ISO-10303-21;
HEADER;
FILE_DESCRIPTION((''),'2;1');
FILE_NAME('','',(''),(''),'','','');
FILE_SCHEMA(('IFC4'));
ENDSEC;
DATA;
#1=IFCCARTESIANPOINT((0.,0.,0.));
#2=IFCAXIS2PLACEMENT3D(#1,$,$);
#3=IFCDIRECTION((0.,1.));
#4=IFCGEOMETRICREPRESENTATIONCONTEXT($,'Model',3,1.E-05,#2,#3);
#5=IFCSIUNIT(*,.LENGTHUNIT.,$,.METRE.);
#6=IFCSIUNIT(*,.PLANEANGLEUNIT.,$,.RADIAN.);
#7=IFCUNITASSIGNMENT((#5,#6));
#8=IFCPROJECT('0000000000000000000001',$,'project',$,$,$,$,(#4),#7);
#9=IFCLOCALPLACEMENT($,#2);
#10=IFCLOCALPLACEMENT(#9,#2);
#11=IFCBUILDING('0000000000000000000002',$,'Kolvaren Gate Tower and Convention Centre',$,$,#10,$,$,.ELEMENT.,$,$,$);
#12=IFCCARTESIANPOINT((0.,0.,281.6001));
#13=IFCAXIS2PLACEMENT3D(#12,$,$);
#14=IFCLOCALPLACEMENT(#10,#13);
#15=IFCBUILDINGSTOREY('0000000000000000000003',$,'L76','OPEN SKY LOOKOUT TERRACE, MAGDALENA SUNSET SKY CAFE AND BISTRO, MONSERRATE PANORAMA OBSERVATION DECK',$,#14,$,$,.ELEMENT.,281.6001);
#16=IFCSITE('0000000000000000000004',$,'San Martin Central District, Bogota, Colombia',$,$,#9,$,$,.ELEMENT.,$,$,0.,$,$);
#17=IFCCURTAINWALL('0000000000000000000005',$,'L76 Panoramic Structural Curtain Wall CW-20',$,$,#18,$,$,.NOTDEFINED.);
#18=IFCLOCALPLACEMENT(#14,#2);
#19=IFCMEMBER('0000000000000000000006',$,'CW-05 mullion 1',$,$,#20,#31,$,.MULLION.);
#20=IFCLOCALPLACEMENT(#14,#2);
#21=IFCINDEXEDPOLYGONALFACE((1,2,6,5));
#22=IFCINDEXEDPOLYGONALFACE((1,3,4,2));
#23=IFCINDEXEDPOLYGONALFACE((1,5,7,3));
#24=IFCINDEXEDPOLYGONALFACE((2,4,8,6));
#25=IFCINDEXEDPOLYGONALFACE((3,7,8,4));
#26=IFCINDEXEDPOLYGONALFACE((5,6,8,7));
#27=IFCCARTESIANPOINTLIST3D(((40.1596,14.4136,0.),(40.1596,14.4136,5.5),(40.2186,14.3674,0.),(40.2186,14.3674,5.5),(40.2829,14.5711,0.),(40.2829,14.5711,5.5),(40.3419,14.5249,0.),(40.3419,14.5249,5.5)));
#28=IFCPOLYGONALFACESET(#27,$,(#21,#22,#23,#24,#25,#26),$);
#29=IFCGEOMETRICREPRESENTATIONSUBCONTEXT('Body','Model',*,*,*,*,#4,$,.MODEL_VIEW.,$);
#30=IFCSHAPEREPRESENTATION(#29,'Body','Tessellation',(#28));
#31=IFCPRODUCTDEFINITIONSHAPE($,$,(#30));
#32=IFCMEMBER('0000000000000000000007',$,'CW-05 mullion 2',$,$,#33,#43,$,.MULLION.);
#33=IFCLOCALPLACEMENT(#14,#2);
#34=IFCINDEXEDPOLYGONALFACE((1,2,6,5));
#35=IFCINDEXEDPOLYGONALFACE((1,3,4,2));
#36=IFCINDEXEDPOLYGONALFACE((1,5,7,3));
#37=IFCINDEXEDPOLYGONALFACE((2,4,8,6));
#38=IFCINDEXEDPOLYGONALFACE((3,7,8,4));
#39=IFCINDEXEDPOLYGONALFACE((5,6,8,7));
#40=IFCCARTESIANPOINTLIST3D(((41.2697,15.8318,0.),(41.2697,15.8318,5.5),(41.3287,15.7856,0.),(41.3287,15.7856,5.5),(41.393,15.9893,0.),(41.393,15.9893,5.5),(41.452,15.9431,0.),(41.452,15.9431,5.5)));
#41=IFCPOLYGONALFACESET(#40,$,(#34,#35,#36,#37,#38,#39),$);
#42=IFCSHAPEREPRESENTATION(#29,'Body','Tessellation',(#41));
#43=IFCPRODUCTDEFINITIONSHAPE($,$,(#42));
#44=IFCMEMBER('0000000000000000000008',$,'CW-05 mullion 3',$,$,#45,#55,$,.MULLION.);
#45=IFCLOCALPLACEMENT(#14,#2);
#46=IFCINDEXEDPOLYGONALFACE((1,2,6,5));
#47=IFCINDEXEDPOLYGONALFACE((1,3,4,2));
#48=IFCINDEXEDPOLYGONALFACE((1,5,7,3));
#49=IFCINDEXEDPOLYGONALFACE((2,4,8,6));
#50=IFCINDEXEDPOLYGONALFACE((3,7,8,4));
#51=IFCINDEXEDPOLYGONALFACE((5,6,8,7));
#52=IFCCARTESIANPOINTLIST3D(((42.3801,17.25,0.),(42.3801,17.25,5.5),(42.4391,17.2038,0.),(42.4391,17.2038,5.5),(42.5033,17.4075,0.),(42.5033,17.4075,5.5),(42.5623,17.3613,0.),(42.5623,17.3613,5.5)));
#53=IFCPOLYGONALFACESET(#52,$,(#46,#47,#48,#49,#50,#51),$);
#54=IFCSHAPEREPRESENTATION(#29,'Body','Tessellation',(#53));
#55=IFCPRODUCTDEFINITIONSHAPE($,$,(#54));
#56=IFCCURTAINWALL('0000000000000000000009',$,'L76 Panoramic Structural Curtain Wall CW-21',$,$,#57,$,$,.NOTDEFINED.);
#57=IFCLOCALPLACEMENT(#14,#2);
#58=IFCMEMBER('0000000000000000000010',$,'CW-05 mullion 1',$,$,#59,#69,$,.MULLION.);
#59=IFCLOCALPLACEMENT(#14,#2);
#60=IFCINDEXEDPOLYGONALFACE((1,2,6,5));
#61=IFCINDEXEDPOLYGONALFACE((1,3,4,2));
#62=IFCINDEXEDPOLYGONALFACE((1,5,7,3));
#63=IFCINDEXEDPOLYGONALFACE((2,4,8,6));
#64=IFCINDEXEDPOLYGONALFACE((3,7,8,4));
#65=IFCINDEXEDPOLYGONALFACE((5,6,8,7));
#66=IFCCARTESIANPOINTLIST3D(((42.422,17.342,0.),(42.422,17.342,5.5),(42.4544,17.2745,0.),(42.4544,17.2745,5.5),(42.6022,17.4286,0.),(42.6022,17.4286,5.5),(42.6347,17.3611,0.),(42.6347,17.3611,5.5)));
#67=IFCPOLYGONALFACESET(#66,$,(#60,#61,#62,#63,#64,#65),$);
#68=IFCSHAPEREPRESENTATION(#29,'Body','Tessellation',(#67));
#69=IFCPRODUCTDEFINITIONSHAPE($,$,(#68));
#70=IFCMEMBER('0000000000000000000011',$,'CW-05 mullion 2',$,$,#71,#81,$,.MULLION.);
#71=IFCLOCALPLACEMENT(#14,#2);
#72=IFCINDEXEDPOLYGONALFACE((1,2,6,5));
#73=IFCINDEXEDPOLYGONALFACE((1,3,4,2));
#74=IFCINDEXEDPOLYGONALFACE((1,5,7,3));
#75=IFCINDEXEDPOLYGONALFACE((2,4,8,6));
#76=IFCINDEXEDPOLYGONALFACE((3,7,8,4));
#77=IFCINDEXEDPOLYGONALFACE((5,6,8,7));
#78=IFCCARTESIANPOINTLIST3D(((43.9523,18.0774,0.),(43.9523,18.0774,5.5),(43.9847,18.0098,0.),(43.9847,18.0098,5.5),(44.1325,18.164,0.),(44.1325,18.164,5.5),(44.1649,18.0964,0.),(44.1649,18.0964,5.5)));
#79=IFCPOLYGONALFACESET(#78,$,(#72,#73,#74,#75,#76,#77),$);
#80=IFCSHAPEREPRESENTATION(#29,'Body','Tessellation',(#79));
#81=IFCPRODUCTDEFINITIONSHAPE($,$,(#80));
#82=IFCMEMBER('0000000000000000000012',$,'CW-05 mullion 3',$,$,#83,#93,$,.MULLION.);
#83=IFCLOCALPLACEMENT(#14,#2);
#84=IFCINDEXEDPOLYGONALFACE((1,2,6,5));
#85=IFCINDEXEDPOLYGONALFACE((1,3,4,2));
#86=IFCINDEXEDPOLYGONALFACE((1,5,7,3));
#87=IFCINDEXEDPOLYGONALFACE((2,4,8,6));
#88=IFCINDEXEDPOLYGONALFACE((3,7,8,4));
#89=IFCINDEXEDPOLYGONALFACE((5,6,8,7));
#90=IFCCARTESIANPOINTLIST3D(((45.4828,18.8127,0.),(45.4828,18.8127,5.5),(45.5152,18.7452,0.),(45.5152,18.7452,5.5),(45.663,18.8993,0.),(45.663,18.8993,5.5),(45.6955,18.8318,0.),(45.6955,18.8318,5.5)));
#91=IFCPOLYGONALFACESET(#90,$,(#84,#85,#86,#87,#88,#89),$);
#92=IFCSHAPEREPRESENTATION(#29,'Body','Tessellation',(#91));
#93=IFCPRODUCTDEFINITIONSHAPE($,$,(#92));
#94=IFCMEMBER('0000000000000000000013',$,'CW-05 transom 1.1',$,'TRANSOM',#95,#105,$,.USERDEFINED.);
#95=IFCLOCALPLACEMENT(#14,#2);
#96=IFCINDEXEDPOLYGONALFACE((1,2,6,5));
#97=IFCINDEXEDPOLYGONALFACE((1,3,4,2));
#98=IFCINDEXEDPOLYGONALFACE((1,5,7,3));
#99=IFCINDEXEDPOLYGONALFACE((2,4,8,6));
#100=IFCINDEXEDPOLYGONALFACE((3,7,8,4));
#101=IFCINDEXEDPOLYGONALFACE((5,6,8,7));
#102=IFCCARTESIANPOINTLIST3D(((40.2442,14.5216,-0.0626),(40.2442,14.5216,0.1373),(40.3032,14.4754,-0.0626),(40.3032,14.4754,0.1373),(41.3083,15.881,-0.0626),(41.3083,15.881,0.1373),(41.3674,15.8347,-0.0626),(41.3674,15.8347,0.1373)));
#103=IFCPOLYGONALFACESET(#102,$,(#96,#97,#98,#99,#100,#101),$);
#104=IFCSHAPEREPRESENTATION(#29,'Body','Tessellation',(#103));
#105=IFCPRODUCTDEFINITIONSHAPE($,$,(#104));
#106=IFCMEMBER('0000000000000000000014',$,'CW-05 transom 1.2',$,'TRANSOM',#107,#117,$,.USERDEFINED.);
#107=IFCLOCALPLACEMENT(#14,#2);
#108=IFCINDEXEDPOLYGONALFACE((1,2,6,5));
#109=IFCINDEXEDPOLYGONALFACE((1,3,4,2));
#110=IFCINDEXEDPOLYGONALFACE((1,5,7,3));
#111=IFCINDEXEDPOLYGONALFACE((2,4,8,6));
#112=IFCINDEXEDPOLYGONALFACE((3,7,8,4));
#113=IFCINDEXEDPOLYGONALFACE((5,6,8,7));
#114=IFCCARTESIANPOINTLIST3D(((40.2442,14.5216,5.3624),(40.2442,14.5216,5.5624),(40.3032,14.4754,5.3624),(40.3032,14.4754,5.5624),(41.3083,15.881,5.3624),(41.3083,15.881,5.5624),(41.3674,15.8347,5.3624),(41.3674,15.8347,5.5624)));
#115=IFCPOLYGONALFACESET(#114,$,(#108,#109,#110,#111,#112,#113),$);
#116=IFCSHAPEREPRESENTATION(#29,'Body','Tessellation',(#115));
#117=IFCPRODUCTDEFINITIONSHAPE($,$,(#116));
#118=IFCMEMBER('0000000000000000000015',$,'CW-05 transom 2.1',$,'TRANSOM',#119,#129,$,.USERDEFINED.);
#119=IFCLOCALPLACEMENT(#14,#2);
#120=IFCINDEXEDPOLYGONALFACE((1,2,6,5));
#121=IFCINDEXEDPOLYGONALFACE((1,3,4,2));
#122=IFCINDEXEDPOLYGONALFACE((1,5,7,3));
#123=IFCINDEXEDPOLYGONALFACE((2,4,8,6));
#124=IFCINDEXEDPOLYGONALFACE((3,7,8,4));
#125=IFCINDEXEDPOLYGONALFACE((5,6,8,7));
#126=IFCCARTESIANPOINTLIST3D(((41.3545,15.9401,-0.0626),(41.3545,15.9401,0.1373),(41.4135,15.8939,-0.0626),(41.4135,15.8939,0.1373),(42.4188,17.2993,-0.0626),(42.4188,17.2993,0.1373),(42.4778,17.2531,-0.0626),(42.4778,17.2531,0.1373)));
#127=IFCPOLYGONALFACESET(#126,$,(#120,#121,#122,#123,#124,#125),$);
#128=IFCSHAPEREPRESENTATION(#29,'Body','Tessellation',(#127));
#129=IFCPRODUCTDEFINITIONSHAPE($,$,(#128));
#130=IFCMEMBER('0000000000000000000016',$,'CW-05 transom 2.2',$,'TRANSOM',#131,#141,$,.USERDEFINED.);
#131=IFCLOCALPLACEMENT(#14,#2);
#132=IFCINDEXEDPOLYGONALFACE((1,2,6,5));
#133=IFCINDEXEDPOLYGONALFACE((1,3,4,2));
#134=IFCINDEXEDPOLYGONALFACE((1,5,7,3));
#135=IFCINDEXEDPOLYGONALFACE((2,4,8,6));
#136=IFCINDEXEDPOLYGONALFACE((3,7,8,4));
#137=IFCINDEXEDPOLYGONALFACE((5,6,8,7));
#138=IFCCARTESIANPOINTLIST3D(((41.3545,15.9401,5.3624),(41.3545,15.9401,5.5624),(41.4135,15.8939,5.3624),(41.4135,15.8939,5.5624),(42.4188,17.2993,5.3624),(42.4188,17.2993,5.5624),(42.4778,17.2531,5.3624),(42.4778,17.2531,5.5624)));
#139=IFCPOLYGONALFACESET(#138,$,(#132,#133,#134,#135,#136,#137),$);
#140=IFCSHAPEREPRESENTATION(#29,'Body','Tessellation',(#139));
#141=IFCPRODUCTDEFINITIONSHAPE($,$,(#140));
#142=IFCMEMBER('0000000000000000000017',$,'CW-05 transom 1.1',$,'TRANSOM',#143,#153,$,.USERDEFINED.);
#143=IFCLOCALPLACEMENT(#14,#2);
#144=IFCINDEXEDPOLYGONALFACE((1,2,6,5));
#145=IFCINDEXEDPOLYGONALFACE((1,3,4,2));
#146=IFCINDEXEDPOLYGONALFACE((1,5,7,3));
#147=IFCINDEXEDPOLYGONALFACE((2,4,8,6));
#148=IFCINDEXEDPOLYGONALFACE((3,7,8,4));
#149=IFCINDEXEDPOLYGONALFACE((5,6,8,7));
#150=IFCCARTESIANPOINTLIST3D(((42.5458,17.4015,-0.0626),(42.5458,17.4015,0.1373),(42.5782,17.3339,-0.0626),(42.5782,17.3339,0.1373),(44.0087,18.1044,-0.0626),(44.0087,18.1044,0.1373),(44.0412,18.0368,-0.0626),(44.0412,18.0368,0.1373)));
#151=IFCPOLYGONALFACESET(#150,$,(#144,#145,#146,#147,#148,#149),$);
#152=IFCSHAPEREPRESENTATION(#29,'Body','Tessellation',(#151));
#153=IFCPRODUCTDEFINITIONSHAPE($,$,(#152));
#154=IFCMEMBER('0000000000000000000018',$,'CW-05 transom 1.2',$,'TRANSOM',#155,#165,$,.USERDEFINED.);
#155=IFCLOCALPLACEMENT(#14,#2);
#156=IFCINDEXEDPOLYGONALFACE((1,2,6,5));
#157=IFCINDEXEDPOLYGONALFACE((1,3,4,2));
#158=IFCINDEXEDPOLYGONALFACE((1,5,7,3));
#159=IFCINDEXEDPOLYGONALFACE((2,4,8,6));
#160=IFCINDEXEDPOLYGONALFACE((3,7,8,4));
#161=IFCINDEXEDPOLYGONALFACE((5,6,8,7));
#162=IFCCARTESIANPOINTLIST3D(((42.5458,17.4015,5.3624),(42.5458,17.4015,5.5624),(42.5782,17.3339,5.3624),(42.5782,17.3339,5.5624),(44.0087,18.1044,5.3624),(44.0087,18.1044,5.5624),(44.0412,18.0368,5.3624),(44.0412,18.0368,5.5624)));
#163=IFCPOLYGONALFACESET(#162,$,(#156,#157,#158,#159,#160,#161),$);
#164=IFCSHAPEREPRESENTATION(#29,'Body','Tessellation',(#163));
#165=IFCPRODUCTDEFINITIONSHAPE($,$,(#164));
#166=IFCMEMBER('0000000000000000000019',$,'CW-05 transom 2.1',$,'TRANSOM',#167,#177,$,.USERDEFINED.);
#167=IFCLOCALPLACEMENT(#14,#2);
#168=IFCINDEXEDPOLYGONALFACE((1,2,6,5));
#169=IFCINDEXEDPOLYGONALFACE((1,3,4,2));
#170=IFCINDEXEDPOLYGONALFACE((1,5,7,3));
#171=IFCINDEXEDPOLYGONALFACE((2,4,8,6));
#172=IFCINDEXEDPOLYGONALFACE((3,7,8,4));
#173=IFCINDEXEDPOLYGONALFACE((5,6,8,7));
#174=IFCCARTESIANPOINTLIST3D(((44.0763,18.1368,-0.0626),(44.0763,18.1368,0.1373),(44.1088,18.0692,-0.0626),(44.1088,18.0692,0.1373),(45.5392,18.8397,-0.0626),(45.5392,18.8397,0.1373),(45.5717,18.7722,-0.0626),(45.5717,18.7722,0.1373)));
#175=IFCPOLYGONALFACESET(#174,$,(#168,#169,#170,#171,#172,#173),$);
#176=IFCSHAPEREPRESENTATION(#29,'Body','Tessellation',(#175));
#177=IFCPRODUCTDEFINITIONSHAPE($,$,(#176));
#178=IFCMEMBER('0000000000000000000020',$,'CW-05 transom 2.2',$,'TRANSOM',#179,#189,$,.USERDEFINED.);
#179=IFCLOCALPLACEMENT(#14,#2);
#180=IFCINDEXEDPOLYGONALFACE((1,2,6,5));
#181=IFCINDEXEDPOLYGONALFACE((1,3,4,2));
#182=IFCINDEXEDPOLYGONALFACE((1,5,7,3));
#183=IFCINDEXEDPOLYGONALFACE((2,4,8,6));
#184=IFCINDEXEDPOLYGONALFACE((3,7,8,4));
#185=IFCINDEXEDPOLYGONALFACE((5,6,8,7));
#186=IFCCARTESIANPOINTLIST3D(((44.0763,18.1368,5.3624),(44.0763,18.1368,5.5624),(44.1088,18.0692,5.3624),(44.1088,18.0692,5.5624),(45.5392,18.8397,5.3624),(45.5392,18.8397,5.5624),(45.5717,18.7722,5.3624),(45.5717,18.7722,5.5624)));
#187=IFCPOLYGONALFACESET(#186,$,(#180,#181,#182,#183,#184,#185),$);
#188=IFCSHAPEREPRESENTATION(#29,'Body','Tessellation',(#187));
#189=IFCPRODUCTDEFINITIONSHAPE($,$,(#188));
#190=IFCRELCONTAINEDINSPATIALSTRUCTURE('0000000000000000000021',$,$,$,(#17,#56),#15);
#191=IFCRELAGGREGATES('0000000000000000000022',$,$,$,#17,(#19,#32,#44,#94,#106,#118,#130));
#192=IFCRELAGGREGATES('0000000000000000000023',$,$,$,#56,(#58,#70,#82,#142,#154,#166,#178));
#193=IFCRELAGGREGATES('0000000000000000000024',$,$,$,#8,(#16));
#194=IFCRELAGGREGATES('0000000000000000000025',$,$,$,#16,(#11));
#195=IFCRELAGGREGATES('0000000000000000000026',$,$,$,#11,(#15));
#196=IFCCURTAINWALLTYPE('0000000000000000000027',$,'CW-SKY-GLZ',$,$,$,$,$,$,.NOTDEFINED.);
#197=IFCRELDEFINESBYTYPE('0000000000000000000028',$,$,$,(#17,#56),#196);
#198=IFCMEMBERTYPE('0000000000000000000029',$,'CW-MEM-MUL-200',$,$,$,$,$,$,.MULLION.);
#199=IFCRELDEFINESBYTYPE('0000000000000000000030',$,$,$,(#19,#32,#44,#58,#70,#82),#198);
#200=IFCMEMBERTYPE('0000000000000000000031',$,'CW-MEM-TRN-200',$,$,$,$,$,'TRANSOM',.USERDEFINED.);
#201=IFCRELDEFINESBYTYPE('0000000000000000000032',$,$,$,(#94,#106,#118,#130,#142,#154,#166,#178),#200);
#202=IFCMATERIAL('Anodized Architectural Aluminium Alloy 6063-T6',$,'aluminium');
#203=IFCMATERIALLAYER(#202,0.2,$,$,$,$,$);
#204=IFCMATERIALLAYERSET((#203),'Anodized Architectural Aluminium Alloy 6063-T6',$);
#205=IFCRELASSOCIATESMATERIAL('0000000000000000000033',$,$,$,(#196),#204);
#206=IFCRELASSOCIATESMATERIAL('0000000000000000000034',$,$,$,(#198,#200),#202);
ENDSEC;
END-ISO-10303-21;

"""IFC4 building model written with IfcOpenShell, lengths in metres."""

from ifc_helpers import new_model, si_unit, direction, frame, origin, origin_2d, place, context, subcontext, project, spatial, rectangle, extrude, material, layer, layer_set, material_profile, profile_set, type_object, element, aggregate, save


model = new_model("IFC4")

# Units and contexts
model_context = context("Model", 3, precision=1e-05, world=origin(), true_north=direction((0.0, 1.0)))
body_context = subcontext(model_context, "Body", "Model", "MODEL_VIEW")
ifc_project = project(units=[si_unit("LENGTHUNIT", "METRE"), si_unit("PLANEANGLEUNIT", "RADIAN")], contexts=[model_context])

# Site, building, storey
site_placement = place(None, origin())
site = spatial("IfcSite", under=ifc_project, at=site_placement, Name="San Martin Central District, Bogota, Colombia", CompositionType="ELEMENT", RefElevation=0.0)
building_placement = place(site_placement, origin())
building = spatial("IfcBuilding", under=site, at=building_placement, Name="Kolvaren Gate Tower and Convention Centre", CompositionType="ELEMENT")
storey_placement = place(building_placement, frame((0.0, 0.0, 281.6001)))
storey = spatial("IfcBuildingStorey", under=building, at=storey_placement, Name="L76", Description="OPEN SKY LOOKOUT TERRACE, MAGDALENA SUNSET SKY CAFE AND BISTRO, MONSERRATE PANORAMA OBSERVATION DECK", CompositionType="ELEMENT", Elevation=281.6001)

# Curtain walls, members
ifc_material_1 = material(Name="Anodized Architectural Aluminium Alloy 6063-T6", Category="aluminium")
ifc_layer_1 = layer(ifc_material_1, 0.2)
ifc_layer_set_1 = layer_set([ifc_layer_1], Name="Anodized Architectural Aluminium Alloy 6063-T6")
curtain_wall_type = type_object("IfcCurtainWallType", Name="CW-SKY-GLZ", PredefinedType="NOTDEFINED", material=ifc_layer_set_1)
curtain_wall_1_placement = place(storey_placement, origin())
curtain_wall_1 = element("IfcCurtainWall", 1, at=curtain_wall_1_placement, inside=storey, type_object=curtain_wall_type, Name="L76 Panoramic Structural Curtain Wall CW-20", PredefinedType="NOTDEFINED")
ifc_material_profile_1 = material_profile(ifc_material_1, rectangle(XDim=0.075, YDim=0.2, at=origin_2d()), Name="CW-MEM-MUL-200")
ifc_profile_set_1 = profile_set([ifc_material_profile_1], Name="Anodized Architectural Aluminium Alloy 6063-T6")
member_type_1 = type_object("IfcMemberType", Name="CW-MEM-MUL-200", PredefinedType="MULLION", material=ifc_profile_set_1)
member_1_placement = place(storey_placement, frame((40.2507, 14.4692, 0.0), z_axis=(0.0, 0.0, 1.0), x_axis=(-0.787413, 0.616426, 0.0)))
member_1 = element("IfcMember", 2, at=member_1_placement, type_object=member_type_1, Name="CW-05 mullion 1", PredefinedType="MULLION", context=body_context, shape_type="SweptSolid", body=[
    extrude(rectangle(XDim=0.075, YDim=0.2, at=origin_2d()), origin(), (0.0, 0.0, 1.0), 5.5),
])
member_2_placement = place(storey_placement, frame((41.3608, 15.8875, 0.0), z_axis=(0.0, 0.0, 1.0), x_axis=(-0.787413, 0.616426, 0.0)))
member_2 = element("IfcMember", 3, at=member_2_placement, type_object=member_type_1, Name="CW-05 mullion 2", PredefinedType="MULLION", context=body_context, shape_type="SweptSolid", body=[
    extrude(rectangle(XDim=0.075, YDim=0.2, at=origin_2d()), origin(), (0.0, 0.0, 1.0), 5.5),
])
member_3_placement = place(storey_placement, frame((42.4712, 17.3057, 0.0), z_axis=(0.0, 0.0, 1.0), x_axis=(-0.787413, 0.616426, 0.0)))
member_3 = element("IfcMember", 4, at=member_3_placement, type_object=member_type_1, Name="CW-05 mullion 3", PredefinedType="MULLION", context=body_context, shape_type="SweptSolid", body=[
    extrude(rectangle(XDim=0.075, YDim=0.2, at=origin_2d()), origin(), (0.0, 0.0, 1.0), 5.5),
])
curtain_wall_2_placement = place(storey_placement, origin())
curtain_wall_2 = element("IfcCurtainWall", 5, at=curtain_wall_2_placement, inside=storey, type_object=curtain_wall_type, Name="L76 Panoramic Structural Curtain Wall CW-21", PredefinedType="NOTDEFINED")
member_4_placement = place(storey_placement, frame((42.5283, 17.3516, 0.0), z_axis=(0.0, 0.0, 1.0), x_axis=(-0.433076, 0.901358, 0.0)))
member_4 = element("IfcMember", 6, at=member_4_placement, type_object=member_type_1, Name="CW-05 mullion 1", PredefinedType="MULLION", context=body_context, shape_type="SweptSolid", body=[
    extrude(rectangle(XDim=0.075, YDim=0.2, at=origin_2d()), origin(), (0.0, 0.0, 1.0), 5.5),
])
member_5_placement = place(storey_placement, frame((44.0586, 18.0869, 0.0), z_axis=(0.0, 0.0, 1.0), x_axis=(-0.433076, 0.901358, 0.0)))
member_5 = element("IfcMember", 7, at=member_5_placement, type_object=member_type_1, Name="CW-05 mullion 2", PredefinedType="MULLION", context=body_context, shape_type="SweptSolid", body=[
    extrude(rectangle(XDim=0.075, YDim=0.2, at=origin_2d()), origin(), (0.0, 0.0, 1.0), 5.5),
])
member_6_placement = place(storey_placement, frame((45.5891, 18.8223, 0.0), z_axis=(0.0, 0.0, 1.0), x_axis=(-0.433076, 0.901358, 0.0)))
member_6 = element("IfcMember", 8, at=member_6_placement, type_object=member_type_1, Name="CW-05 mullion 3", PredefinedType="MULLION", context=body_context, shape_type="SweptSolid", body=[
    extrude(rectangle(XDim=0.075, YDim=0.2, at=origin_2d()), origin(), (0.0, 0.0, 1.0), 5.5),
])

# Members
ifc_material_profile_2 = material_profile(ifc_material_1, rectangle(XDim=0.075, YDim=0.2, at=origin_2d()), Name="CW-MEM-TRN-200")
ifc_profile_set_2 = profile_set([ifc_material_profile_2], Name="Anodized Architectural Aluminium Alloy 6063-T6")
member_type_2 = type_object("IfcMemberType", Name="CW-MEM-TRN-200", ElementType="TRANSOM", PredefinedType="USERDEFINED", material=ifc_profile_set_2)
member_7_placement = place(storey_placement, frame((40.2737, 14.4985, 0.0374), z_axis=(0.616434, 0.787407, 0.0), x_axis=(-0.787407, 0.616434, 0.0)))
member_7 = element("IfcMember", 9, at=member_7_placement, type_object=member_type_2, Name="CW-05 transom 1.1", ObjectType="TRANSOM", PredefinedType="USERDEFINED", context=body_context, shape_type="SweptSolid", body=[
    extrude(rectangle(XDim=0.075, YDim=0.2, at=origin_2d()), origin(), (0.0, 0.0, 1.0), 1.7263),
])
member_8_placement = place(storey_placement, frame((40.2737, 14.4985, 5.4624), z_axis=(0.616434, 0.787407, 0.0), x_axis=(-0.787407, 0.616434, 0.0)))
member_8 = element("IfcMember", 10, at=member_8_placement, type_object=member_type_2, Name="CW-05 transom 1.2", ObjectType="TRANSOM", PredefinedType="USERDEFINED", context=body_context, shape_type="SweptSolid", body=[
    extrude(rectangle(XDim=0.075, YDim=0.2, at=origin_2d()), origin(), (0.0, 0.0, 1.0), 1.7263),
])
member_9_placement = place(storey_placement, frame((41.384, 15.917, 0.0374), z_axis=(0.616503, 0.787353, 0.0), x_axis=(-0.787353, 0.616503, 0.0)))
member_9 = element("IfcMember", 11, at=member_9_placement, type_object=member_type_2, Name="CW-05 transom 2.1", ObjectType="TRANSOM", PredefinedType="USERDEFINED", context=body_context, shape_type="SweptSolid", body=[
    extrude(rectangle(XDim=0.075, YDim=0.2, at=origin_2d()), origin(), (0.0, 0.0, 1.0), 1.7263),
])
member_10_placement = place(storey_placement, frame((41.384, 15.917, 5.4624), z_axis=(0.616503, 0.787353, 0.0), x_axis=(-0.787353, 0.616503, 0.0)))
member_10 = element("IfcMember", 12, at=member_10_placement, type_object=member_type_2, Name="CW-05 transom 2.2", ObjectType="TRANSOM", PredefinedType="USERDEFINED", context=body_context, shape_type="SweptSolid", body=[
    extrude(rectangle(XDim=0.075, YDim=0.2, at=origin_2d()), origin(), (0.0, 0.0, 1.0), 1.7263),
])
member_11_placement = place(storey_placement, frame((42.562, 17.3677, 0.0374), z_axis=(0.901356, 0.433078, 0.0), x_axis=(-0.433078, 0.901356, 0.0)))
member_11 = element("IfcMember", 13, at=member_11_placement, type_object=member_type_2, Name="CW-05 transom 1.1", ObjectType="TRANSOM", PredefinedType="USERDEFINED", context=body_context, shape_type="SweptSolid", body=[
    extrude(rectangle(XDim=0.075, YDim=0.2, at=origin_2d()), origin(), (0.0, 0.0, 1.0), 1.623),
])
member_12_placement = place(storey_placement, frame((42.562, 17.3677, 5.4624), z_axis=(0.901356, 0.433078, 0.0), x_axis=(-0.433078, 0.901356, 0.0)))
member_12 = element("IfcMember", 14, at=member_12_placement, type_object=member_type_2, Name="CW-05 transom 1.2", ObjectType="TRANSOM", PredefinedType="USERDEFINED", context=body_context, shape_type="SweptSolid", body=[
    extrude(rectangle(XDim=0.075, YDim=0.2, at=origin_2d()), origin(), (0.0, 0.0, 1.0), 1.623),
])
member_13_placement = place(storey_placement, frame((44.0925, 18.103, 0.0374), z_axis=(0.901356, 0.433078, 0.0), x_axis=(-0.433078, 0.901356, 0.0)))
member_13 = element("IfcMember", 15, at=member_13_placement, type_object=member_type_2, Name="CW-05 transom 2.1", ObjectType="TRANSOM", PredefinedType="USERDEFINED", context=body_context, shape_type="SweptSolid", body=[
    extrude(rectangle(XDim=0.075, YDim=0.2, at=origin_2d()), origin(), (0.0, 0.0, 1.0), 1.623),
])
member_14_placement = place(storey_placement, frame((44.0925, 18.103, 5.4624), z_axis=(0.901356, 0.433078, 0.0), x_axis=(-0.433078, 0.901356, 0.0)))
member_14 = element("IfcMember", 16, at=member_14_placement, type_object=member_type_2, Name="CW-05 transom 2.2", ObjectType="TRANSOM", PredefinedType="USERDEFINED", context=body_context, shape_type="SweptSolid", body=[
    extrude(rectangle(XDim=0.075, YDim=0.2, at=origin_2d()), origin(), (0.0, 0.0, 1.0), 1.623),
])

aggregate(curtain_wall_1, [member_1, member_2, member_3, member_7, member_8, member_9, member_10])
aggregate(curtain_wall_2, [member_4, member_5, member_6, member_11, member_12, member_13, member_14])

save(model, "model.ifc")
